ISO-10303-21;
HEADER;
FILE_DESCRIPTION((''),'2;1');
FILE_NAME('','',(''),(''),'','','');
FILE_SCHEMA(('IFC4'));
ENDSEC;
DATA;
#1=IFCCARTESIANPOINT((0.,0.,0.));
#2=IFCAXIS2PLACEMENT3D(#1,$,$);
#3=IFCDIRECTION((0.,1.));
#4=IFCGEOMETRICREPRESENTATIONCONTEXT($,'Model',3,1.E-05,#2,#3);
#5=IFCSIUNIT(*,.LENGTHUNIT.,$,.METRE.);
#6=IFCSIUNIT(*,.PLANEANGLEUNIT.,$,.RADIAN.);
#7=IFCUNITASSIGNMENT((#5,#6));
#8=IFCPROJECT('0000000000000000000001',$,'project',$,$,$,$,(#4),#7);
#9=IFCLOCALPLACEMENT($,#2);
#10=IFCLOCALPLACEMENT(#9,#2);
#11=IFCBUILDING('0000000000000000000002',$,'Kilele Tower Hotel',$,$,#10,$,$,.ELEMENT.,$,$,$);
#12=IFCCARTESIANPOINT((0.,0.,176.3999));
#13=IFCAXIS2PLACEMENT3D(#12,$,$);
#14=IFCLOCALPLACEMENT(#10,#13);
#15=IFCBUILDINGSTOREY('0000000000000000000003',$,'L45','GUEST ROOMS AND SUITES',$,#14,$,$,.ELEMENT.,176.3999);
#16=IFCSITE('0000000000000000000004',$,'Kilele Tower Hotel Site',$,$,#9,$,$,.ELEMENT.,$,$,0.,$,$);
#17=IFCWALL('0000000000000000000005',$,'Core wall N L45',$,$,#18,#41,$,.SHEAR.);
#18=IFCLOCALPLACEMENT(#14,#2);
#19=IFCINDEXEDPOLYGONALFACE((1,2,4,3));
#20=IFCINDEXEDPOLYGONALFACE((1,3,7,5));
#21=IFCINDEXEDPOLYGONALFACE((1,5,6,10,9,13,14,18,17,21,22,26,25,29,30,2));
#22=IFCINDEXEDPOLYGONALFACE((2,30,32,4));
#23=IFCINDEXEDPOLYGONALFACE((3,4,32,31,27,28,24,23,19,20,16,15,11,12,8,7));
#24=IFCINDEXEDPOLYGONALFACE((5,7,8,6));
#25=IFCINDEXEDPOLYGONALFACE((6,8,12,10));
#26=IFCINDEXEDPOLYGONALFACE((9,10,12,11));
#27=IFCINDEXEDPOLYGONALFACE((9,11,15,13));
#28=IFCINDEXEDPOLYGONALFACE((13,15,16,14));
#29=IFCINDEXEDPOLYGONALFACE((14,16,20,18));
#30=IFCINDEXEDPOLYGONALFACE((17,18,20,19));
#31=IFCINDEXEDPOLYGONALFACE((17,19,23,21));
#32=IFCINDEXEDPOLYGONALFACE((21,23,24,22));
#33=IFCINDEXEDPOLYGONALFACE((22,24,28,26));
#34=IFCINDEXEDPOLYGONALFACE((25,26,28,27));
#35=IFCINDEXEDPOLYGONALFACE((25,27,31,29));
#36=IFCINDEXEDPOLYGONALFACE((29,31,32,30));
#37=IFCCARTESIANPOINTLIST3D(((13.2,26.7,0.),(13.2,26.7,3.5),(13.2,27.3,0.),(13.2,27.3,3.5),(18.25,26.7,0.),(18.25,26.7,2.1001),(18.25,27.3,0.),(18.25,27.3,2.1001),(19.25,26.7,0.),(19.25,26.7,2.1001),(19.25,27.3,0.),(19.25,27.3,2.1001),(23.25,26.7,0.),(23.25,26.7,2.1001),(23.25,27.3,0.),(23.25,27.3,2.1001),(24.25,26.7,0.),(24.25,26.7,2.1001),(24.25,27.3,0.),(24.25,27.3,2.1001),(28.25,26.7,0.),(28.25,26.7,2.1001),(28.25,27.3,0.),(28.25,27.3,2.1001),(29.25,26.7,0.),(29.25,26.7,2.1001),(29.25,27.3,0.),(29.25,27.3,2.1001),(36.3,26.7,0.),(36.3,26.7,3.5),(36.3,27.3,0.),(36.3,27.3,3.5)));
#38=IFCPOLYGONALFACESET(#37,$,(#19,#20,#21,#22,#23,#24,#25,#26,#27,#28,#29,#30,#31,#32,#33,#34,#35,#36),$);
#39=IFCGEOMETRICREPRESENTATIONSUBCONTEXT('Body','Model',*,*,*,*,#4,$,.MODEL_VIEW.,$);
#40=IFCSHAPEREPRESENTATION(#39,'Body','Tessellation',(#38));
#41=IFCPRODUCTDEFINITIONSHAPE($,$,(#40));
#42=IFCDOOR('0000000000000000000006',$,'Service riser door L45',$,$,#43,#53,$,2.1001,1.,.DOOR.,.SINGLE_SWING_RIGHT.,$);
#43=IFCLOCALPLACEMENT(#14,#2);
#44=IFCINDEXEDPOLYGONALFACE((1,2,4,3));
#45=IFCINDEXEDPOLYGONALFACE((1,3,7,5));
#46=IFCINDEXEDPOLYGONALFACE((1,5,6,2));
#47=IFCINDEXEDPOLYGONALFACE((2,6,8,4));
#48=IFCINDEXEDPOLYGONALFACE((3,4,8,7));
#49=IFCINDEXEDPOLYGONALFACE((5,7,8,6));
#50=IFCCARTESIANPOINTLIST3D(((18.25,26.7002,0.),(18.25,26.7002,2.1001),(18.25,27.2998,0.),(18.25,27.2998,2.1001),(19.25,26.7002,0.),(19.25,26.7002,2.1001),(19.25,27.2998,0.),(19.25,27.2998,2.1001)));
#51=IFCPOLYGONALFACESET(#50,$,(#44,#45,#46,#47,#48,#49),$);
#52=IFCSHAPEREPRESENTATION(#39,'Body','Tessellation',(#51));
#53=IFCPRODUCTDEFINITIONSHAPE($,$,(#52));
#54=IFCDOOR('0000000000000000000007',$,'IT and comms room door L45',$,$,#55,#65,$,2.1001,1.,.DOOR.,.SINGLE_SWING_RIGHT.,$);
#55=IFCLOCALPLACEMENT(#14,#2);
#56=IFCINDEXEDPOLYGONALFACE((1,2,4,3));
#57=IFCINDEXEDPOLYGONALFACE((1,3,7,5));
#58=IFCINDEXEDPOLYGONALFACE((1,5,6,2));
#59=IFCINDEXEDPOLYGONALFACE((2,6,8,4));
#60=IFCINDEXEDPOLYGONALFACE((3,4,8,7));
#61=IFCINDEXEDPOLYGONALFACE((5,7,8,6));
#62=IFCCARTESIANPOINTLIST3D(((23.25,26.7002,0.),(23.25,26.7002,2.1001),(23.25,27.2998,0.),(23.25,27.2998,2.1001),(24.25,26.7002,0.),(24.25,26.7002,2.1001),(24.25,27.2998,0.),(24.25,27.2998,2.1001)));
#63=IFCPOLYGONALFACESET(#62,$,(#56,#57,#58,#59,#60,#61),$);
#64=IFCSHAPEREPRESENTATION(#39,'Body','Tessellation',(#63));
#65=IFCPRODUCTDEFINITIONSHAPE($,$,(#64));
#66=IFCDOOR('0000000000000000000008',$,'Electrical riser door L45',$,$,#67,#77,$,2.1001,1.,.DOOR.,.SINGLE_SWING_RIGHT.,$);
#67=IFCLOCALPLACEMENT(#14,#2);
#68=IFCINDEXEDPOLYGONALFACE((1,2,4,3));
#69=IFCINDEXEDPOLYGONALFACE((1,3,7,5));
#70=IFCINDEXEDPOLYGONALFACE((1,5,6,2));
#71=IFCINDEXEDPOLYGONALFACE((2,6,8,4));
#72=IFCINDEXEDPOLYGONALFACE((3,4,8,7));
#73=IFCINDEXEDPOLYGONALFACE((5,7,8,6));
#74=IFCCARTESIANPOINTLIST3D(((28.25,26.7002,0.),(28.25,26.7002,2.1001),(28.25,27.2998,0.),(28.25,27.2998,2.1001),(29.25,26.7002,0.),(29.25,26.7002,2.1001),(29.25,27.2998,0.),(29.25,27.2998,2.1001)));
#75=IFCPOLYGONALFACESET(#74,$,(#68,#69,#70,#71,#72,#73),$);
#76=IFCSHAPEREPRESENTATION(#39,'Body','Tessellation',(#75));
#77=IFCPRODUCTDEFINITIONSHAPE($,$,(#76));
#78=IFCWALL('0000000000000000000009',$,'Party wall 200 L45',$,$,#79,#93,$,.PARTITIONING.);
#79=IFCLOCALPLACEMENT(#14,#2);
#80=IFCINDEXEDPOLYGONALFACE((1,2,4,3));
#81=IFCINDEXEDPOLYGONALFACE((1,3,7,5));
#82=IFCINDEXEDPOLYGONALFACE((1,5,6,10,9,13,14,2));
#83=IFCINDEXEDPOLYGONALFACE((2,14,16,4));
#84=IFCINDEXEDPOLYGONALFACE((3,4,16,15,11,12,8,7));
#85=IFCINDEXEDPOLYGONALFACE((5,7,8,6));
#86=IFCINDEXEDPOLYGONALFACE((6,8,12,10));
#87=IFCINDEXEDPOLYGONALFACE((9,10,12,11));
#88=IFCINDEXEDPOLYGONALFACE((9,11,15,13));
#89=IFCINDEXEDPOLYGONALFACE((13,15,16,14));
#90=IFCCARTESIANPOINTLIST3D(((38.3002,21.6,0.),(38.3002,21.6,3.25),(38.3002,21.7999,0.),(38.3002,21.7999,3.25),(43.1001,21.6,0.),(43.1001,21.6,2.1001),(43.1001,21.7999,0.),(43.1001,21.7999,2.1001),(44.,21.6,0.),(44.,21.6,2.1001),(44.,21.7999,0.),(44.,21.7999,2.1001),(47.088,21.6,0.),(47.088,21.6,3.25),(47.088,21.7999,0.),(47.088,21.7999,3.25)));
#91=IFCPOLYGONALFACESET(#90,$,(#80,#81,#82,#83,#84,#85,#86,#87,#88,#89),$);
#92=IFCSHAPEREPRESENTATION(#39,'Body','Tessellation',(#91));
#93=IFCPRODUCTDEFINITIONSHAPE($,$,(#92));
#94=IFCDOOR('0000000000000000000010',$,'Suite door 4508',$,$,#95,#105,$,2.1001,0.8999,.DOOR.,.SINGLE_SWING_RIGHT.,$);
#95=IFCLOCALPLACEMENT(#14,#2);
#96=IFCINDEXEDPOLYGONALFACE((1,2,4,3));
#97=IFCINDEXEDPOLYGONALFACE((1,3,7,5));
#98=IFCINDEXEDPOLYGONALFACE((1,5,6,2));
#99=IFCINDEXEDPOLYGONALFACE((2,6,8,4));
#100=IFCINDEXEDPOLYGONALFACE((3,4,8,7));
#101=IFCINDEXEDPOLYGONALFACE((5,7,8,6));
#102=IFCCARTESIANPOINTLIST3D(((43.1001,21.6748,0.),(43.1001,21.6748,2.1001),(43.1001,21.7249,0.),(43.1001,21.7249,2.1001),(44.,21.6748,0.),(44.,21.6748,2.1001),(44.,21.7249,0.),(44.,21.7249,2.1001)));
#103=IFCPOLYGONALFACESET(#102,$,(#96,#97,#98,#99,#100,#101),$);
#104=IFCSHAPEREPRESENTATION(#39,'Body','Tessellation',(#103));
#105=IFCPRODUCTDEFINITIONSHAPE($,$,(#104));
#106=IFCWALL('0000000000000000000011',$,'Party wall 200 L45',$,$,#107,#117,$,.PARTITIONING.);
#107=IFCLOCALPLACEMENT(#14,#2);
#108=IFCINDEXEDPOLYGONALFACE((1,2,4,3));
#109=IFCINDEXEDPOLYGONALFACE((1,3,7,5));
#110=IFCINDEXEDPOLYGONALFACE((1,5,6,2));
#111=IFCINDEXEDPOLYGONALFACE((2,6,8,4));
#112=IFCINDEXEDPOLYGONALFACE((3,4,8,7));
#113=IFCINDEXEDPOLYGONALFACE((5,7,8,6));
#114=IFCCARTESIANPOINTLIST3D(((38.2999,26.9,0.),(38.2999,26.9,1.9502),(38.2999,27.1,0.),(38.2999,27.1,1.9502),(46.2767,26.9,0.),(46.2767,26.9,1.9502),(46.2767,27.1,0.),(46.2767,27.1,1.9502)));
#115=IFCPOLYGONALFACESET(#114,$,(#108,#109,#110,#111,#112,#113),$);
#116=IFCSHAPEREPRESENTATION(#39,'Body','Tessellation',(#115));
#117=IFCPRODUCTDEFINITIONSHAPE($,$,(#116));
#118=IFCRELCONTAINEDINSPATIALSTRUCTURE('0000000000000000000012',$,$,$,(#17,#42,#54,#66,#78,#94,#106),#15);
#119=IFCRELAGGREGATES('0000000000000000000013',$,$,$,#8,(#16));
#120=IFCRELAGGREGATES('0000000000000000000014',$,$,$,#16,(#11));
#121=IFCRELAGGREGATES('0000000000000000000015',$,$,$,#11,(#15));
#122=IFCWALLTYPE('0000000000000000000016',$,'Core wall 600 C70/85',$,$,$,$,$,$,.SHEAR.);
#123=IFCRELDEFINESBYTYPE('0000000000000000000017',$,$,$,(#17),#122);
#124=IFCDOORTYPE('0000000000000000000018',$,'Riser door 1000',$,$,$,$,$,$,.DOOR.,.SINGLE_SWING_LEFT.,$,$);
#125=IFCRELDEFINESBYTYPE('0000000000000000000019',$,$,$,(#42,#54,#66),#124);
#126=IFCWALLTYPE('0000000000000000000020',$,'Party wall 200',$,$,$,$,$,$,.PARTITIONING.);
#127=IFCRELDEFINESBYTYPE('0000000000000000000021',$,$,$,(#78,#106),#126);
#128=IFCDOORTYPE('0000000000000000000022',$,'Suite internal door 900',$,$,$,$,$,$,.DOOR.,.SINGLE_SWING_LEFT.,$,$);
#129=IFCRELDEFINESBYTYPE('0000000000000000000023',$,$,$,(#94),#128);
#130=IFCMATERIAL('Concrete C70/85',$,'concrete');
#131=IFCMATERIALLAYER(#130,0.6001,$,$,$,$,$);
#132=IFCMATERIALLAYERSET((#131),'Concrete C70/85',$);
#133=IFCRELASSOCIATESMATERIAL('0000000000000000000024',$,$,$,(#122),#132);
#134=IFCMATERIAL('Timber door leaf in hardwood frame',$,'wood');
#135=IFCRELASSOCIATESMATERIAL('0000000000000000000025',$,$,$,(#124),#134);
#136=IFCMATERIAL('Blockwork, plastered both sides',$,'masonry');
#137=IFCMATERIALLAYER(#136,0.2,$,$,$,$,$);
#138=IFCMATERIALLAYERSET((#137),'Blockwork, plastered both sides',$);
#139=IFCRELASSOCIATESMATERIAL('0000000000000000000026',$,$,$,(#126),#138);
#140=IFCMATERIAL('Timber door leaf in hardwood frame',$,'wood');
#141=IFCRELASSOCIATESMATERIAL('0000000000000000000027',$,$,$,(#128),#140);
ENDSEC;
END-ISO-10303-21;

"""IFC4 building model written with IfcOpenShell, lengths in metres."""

from ifc_helpers import new_model, si_unit, direction, frame, frame_2d, origin, place, context, subcontext, project, spatial, rectangle, extrude, material, layer, layer_set, type_object, element, fill, save


model = new_model("IFC4")

# Units and contexts
model_context = context("Model", 3, precision=1e-05, world=origin(), true_north=direction((0.0, 1.0)))
body_context = subcontext(model_context, "Body", "Model", "MODEL_VIEW")
ifc_project = project(units=[si_unit("LENGTHUNIT", "METRE"), si_unit("PLANEANGLEUNIT", "RADIAN")], contexts=[model_context])

# Site, building, storey
site_placement = place(None, origin())
site = spatial("IfcSite", under=ifc_project, at=site_placement, Name="Kilele Tower Hotel Site", CompositionType="ELEMENT", RefElevation=0.0)
building_placement = place(site_placement, origin())
building = spatial("IfcBuilding", under=site, at=building_placement, Name="Kilele Tower Hotel", CompositionType="ELEMENT")
storey_placement = place(building_placement, frame((0.0, 0.0, 176.3999)))
storey = spatial("IfcBuildingStorey", under=building, at=storey_placement, Name="L45", Description="GUEST ROOMS AND SUITES", CompositionType="ELEMENT", Elevation=176.3999)

# Wall, openings, doors
ifc_material_1 = material(Name="Concrete C70/85", Category="concrete")
ifc_layer_1 = layer(ifc_material_1, 0.6001)
ifc_layer_set_1 = layer_set([ifc_layer_1], Name="Concrete C70/85")
wall_type_1 = type_object("IfcWallType", Name="Core wall 600 C70/85", PredefinedType="SHEAR", material=ifc_layer_set_1)
wall_1_placement = place(storey_placement, frame((36.3, 27.0, 0.0), z_axis=(0.0, 0.0, 1.0), x_axis=(-1.0, 0.0, 0.0)))
wall_1 = element("IfcWall", 1, at=wall_1_placement, inside=storey, type_object=wall_type_1, Name="Core wall N L45", PredefinedType="SHEAR", context=body_context, shape_type="SweptSolid", body=[
    extrude(rectangle(XDim=23.1001, YDim=0.6001, at=frame_2d((11.55, 0.0))), origin(), (0.0, 0.0, 1.0), 3.5),
])
opening_1_placement = place(wall_1_placement, frame((17.05, 0.0, 0.0)))
opening_1 = element("IfcOpeningElement", 2, at=opening_1_placement, cuts=wall_1, PredefinedType="OPENING", context=body_context, shape_type="SweptSolid", body=[
    extrude(rectangle(XDim=1.0, YDim=2.1001, at=frame_2d((0.5, 1.05))), frame((0.0, 0.3101, 0.0), z_axis=(0.0, -1.0, 0.0), x_axis=(1.0, 0.0, 0.0)), (0.0, 0.0, 1.0), 0.6201),
])
opening_2_placement = place(wall_1_placement, frame((12.05, 0.0, 0.0)))
opening_2 = element("IfcOpeningElement", 3, at=opening_2_placement, cuts=wall_1, PredefinedType="OPENING", context=body_context, shape_type="SweptSolid", body=[
    extrude(rectangle(XDim=1.0, YDim=2.1001, at=frame_2d((0.5, 1.05))), frame((0.0, 0.3101, 0.0), z_axis=(0.0, -1.0, 0.0), x_axis=(1.0, 0.0, 0.0)), (0.0, 0.0, 1.0), 0.6201),
])
opening_3_placement = place(wall_1_placement, frame((7.05, 0.0, 0.0)))
opening_3 = element("IfcOpeningElement", 4, at=opening_3_placement, cuts=wall_1, PredefinedType="OPENING", context=body_context, shape_type="SweptSolid", body=[
    extrude(rectangle(XDim=1.0, YDim=2.1001, at=frame_2d((0.5, 1.05))), frame((0.0, 0.3101, 0.0), z_axis=(0.0, -1.0, 0.0), x_axis=(1.0, 0.0, 0.0)), (0.0, 0.0, 1.0), 0.6201),
])
ifc_material_2 = material(Name="Timber door leaf in hardwood frame", Category="wood")
door_type_1 = type_object("IfcDoorType", Name="Riser door 1000", OperationType="SINGLE_SWING_LEFT", PredefinedType="DOOR", material=ifc_material_2)
door_1_placement = place(opening_1_placement, origin())
door_1 = element("IfcDoor", 5, at=door_1_placement, inside=storey, type_object=door_type_1, Name="Service riser door L45", OperationType="SINGLE_SWING_RIGHT", OverallHeight=2.1001, OverallWidth=1.0, PredefinedType="DOOR", context=body_context, shape_type="SweptSolid", body=[
    extrude(rectangle(XDim=1.0, YDim=2.1001, at=frame_2d((0.5, 1.05))), frame((0.0, 0.2998, 0.0), z_axis=(0.0, -1.0, 0.0), x_axis=(1.0, 0.0, 0.0)), (0.0, 0.0, 1.0), 0.5996),
])
fill(opening_1, door_1)
door_2_placement = place(opening_2_placement, origin())
door_2 = element("IfcDoor", 6, at=door_2_placement, inside=storey, type_object=door_type_1, Name="IT and comms room door L45", OperationType="SINGLE_SWING_RIGHT", OverallHeight=2.1001, OverallWidth=1.0, PredefinedType="DOOR", context=body_context, shape_type="SweptSolid", body=[
    extrude(rectangle(XDim=1.0, YDim=2.1001, at=frame_2d((0.5, 1.05))), frame((0.0, 0.2998, 0.0), z_axis=(0.0, -1.0, 0.0), x_axis=(1.0, 0.0, 0.0)), (0.0, 0.0, 1.0), 0.5996),
])
fill(opening_2, door_2)
door_3_placement = place(opening_3_placement, origin())
door_3 = element("IfcDoor", 7, at=door_3_placement, inside=storey, type_object=door_type_1, Name="Electrical riser door L45", OperationType="SINGLE_SWING_RIGHT", OverallHeight=2.1001, OverallWidth=1.0, PredefinedType="DOOR", context=body_context, shape_type="SweptSolid", body=[
    extrude(rectangle(XDim=1.0, YDim=2.1001, at=frame_2d((0.5, 1.05))), frame((0.0, 0.2998, 0.0), z_axis=(0.0, -1.0, 0.0), x_axis=(1.0, 0.0, 0.0)), (0.0, 0.0, 1.0), 0.5996),
])
fill(opening_3, door_3)

# Wall, opening, door
ifc_material_3 = material(Name="Blockwork, plastered both sides", Category="masonry")
ifc_layer_2 = layer(ifc_material_3, 0.2)
ifc_layer_set_2 = layer_set([ifc_layer_2], Name="Blockwork, plastered both sides")
wall_type_2 = type_object("IfcWallType", Name="Party wall 200", PredefinedType="PARTITIONING", material=ifc_layer_set_2)
wall_2_placement = place(storey_placement, frame((38.3, 21.7, 0.0), z_axis=(0.0, 0.0, 1.0), x_axis=(1.0, 0.0, 0.0)))
wall_2 = element("IfcWall", 8, at=wall_2_placement, inside=storey, type_object=wall_type_2, Name="Party wall 200 L45", PredefinedType="PARTITIONING", context=body_context, shape_type="SweptSolid", body=[
    extrude(rectangle(XDim=8.7878, YDim=0.2, at=frame_2d((4.394, 0.0))), origin(), (0.0, 0.0, 1.0), 3.25),
])
opening_4_placement = place(wall_2_placement, frame((4.8, 0.0, 0.0)))
opening_4 = element("IfcOpeningElement", 9, at=opening_4_placement, cuts=wall_2, PredefinedType="OPENING", context=body_context, shape_type="SweptSolid", body=[
    extrude(rectangle(XDim=0.8999, YDim=2.1001, at=frame_2d((0.45, 1.05))), frame((0.0, 0.1099, 0.0), z_axis=(0.0, -1.0, 0.0), x_axis=(1.0, 0.0, 0.0)), (0.0, 0.0, 1.0), 0.22),
])
ifc_material_4 = material(Name="Timber door leaf in hardwood frame", Category="wood")
door_type_2 = type_object("IfcDoorType", Name="Suite internal door 900", OperationType="SINGLE_SWING_LEFT", PredefinedType="DOOR", material=ifc_material_4)
door_4_placement = place(opening_4_placement, origin())
door_4 = element("IfcDoor", 10, at=door_4_placement, inside=storey, type_object=door_type_2, Name="Suite door 4508", OperationType="SINGLE_SWING_RIGHT", OverallHeight=2.1001, OverallWidth=0.8999, PredefinedType="DOOR", context=body_context, shape_type="SweptSolid", body=[
    extrude(rectangle(XDim=0.8999, YDim=2.1001, at=frame_2d((0.45, 1.05))), frame((0.0, 0.0249, 0.0), z_axis=(0.0, -1.0, 0.0), x_axis=(1.0, 0.0, 0.0)), (0.0, 0.0, 1.0), 0.05),
])
fill(opening_4, door_4)

# Wall
wall_3_placement = place(storey_placement, frame((38.3, 27.0, 0.0), z_axis=(0.0, 0.0, 1.0), x_axis=(1.0, 0.0, 0.0)))
element("IfcWall", 11, at=wall_3_placement, inside=storey, type_object=wall_type_2, Name="Party wall 200 L45", PredefinedType="PARTITIONING", context=body_context, shape_type="SweptSolid", body=[
    extrude(rectangle(XDim=7.9768, YDim=0.2, at=frame_2d((3.9883, 0.0))), origin(), (0.0, 0.0, 1.0), 1.9502),
])

save(model, "model.ifc")
